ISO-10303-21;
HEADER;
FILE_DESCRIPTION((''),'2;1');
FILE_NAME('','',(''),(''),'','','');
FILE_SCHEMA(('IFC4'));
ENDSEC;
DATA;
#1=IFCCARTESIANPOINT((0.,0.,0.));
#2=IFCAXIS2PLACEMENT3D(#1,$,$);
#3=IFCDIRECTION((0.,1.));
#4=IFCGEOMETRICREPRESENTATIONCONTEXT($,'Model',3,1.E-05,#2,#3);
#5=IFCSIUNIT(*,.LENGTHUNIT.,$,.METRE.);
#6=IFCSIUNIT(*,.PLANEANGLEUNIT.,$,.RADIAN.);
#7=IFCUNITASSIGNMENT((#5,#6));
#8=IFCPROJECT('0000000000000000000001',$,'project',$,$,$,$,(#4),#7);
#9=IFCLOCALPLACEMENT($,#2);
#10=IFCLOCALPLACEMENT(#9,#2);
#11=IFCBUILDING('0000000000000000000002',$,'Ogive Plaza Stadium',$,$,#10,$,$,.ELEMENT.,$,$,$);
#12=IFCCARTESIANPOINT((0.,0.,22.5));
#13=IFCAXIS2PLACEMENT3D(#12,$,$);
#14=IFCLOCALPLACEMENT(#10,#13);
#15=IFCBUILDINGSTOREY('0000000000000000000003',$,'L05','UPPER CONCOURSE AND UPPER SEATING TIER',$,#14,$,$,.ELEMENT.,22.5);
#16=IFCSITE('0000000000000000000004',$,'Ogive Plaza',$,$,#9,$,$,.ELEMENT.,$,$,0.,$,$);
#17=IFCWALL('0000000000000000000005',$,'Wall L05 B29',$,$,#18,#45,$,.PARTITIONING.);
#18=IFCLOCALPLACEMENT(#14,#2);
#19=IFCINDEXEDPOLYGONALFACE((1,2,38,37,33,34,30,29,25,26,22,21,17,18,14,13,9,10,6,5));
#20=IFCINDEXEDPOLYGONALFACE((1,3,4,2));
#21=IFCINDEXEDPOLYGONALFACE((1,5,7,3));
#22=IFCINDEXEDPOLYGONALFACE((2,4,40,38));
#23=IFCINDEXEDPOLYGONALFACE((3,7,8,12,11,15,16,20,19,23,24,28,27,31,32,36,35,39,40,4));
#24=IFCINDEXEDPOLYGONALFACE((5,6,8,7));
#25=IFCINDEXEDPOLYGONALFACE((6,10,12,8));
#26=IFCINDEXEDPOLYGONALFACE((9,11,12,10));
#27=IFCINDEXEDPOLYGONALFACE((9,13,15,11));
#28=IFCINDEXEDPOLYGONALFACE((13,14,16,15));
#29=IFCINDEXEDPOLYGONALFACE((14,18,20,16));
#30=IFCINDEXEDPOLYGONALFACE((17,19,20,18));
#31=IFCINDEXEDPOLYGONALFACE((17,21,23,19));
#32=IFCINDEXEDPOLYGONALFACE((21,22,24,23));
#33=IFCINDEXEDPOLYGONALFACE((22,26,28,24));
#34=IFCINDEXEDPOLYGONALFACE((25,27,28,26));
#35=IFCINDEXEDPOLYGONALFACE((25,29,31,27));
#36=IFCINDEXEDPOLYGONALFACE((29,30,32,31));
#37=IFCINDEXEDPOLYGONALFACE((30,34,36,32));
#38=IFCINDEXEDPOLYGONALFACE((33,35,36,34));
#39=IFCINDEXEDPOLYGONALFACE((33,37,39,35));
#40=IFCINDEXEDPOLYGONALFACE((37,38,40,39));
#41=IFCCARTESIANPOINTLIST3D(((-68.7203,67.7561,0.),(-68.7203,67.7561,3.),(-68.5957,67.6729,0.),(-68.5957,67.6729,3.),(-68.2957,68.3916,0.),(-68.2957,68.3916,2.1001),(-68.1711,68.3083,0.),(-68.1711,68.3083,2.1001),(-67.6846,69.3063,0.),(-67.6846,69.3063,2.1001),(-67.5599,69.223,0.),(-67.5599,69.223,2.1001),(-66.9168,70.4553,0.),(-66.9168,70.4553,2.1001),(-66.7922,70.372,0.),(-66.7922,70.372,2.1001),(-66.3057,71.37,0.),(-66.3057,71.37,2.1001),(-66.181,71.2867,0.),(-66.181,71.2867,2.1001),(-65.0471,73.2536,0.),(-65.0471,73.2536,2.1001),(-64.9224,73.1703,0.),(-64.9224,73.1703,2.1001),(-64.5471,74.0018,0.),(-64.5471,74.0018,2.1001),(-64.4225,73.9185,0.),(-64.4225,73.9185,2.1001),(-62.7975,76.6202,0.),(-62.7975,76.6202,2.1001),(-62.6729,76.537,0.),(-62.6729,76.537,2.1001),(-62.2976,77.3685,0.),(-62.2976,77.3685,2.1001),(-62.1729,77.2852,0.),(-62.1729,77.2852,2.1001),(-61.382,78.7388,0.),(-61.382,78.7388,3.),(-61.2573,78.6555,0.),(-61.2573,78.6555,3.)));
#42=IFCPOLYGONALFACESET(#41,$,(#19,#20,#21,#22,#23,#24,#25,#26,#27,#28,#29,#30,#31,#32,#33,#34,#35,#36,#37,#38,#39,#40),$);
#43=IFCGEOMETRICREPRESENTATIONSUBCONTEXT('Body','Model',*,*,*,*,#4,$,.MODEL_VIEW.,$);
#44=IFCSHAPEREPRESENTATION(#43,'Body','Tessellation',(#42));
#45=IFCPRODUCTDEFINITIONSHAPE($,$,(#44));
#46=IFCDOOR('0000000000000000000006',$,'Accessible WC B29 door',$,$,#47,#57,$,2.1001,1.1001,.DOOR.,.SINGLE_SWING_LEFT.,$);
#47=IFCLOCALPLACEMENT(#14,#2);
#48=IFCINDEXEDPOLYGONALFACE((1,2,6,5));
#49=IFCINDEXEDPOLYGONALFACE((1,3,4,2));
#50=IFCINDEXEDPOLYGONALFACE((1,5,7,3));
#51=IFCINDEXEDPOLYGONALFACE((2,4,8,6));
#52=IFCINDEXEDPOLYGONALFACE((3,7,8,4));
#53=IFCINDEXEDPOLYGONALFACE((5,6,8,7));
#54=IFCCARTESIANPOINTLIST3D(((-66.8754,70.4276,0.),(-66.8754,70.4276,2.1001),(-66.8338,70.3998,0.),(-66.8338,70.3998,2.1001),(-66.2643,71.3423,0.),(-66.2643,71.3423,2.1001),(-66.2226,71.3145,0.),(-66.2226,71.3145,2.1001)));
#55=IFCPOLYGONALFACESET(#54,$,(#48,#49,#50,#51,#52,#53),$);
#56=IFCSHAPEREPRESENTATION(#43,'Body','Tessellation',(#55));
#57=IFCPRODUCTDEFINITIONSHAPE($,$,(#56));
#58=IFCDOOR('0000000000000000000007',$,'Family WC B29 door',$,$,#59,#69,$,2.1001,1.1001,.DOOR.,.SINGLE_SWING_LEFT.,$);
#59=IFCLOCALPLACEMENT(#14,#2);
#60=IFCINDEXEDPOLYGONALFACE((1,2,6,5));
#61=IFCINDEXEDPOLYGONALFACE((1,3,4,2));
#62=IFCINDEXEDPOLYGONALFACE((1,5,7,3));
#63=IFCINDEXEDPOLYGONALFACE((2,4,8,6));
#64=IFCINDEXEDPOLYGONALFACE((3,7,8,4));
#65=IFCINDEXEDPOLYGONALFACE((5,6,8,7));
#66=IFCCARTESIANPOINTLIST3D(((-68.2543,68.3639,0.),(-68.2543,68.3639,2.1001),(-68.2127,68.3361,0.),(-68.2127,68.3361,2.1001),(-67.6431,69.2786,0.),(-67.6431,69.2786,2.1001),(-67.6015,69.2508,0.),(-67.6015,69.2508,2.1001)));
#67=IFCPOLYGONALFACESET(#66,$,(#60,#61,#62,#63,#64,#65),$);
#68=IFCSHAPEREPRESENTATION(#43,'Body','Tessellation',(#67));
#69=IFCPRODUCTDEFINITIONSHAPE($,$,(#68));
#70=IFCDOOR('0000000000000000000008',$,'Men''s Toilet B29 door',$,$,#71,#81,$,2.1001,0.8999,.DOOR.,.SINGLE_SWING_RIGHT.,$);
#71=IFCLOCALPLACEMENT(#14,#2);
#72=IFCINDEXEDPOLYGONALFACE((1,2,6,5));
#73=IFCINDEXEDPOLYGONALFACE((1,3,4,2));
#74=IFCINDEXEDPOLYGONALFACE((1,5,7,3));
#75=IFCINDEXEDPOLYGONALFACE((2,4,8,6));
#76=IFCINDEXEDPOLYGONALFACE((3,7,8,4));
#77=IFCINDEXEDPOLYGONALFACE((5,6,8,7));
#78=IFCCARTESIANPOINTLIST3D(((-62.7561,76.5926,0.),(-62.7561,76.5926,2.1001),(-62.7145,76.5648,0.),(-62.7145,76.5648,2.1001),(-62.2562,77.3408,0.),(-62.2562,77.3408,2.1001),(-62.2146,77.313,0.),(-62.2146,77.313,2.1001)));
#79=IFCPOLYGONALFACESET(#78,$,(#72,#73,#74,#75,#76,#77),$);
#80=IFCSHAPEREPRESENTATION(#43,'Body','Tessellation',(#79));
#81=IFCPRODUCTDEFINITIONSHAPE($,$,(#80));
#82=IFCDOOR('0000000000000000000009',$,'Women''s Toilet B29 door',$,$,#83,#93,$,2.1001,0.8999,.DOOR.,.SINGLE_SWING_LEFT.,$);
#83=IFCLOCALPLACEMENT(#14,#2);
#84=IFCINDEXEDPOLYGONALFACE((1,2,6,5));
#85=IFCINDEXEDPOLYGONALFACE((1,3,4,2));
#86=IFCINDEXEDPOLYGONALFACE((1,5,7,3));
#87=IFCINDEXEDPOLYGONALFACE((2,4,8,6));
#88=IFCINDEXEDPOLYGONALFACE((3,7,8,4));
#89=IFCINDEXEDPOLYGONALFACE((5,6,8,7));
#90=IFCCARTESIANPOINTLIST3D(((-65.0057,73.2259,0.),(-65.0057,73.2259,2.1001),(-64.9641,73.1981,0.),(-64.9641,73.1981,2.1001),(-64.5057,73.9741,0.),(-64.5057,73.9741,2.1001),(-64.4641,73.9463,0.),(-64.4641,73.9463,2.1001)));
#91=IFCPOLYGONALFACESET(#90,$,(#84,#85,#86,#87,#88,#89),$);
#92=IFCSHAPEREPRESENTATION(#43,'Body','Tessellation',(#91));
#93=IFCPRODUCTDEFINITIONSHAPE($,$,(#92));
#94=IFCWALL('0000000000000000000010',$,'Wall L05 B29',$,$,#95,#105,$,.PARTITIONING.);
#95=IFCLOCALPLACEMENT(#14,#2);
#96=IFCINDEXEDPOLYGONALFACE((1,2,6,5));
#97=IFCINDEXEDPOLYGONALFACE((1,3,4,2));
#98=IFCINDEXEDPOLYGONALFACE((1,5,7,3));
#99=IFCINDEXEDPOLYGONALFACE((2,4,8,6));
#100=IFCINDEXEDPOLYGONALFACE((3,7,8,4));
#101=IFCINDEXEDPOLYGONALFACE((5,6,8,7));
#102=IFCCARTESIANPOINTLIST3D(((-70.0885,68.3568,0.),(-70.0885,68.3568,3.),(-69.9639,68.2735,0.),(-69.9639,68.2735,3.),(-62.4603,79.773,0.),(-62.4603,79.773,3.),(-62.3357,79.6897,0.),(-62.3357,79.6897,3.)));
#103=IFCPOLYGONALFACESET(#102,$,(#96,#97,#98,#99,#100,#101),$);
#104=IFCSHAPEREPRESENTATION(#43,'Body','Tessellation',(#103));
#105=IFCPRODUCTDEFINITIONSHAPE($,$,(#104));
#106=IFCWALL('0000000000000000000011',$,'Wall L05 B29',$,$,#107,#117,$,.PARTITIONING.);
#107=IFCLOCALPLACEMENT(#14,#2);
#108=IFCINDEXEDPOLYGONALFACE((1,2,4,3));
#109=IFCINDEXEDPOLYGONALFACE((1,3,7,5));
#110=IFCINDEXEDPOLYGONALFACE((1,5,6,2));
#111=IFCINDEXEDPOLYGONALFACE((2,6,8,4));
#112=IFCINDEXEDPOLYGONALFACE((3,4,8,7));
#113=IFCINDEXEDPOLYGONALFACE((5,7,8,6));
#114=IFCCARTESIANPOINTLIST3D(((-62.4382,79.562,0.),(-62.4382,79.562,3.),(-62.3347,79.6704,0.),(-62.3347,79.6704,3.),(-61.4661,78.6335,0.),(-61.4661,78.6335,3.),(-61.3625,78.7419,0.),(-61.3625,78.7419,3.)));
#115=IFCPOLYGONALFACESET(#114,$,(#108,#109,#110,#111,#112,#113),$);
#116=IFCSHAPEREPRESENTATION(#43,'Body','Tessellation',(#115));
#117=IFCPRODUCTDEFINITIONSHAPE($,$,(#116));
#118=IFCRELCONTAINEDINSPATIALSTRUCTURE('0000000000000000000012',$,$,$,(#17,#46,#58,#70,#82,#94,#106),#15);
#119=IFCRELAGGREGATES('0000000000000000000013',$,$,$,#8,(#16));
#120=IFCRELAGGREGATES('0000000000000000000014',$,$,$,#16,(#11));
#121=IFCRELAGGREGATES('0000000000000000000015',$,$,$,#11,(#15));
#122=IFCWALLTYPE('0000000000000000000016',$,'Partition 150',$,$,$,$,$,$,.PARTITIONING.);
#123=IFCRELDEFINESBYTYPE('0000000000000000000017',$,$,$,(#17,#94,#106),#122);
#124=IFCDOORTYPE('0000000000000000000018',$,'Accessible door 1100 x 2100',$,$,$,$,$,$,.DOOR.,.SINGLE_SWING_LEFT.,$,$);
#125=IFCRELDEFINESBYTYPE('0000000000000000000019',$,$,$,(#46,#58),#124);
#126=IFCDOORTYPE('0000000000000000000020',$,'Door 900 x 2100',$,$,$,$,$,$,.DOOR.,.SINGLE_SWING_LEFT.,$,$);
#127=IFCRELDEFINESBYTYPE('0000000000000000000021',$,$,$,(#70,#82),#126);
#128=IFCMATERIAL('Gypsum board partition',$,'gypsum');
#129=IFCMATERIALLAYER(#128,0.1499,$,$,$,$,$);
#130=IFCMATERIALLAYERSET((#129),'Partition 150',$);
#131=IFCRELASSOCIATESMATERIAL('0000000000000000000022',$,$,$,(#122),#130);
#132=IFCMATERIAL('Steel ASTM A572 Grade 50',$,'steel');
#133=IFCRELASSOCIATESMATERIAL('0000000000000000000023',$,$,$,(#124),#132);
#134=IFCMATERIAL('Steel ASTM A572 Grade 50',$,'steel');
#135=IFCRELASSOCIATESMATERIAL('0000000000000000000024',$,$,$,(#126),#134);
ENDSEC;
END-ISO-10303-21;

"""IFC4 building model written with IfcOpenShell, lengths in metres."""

from ifc_helpers import new_model, si_unit, direction, frame, frame_2d, origin, place, context, subcontext, project, spatial, rectangle, extrude, material, layer, layer_set, type_object, element, fill, save


model = new_model("IFC4")

# Units and contexts
model_context = context("Model", 3, precision=1e-05, world=origin(), true_north=direction((0.0, 1.0)))
body_context = subcontext(model_context, "Body", "Model", "MODEL_VIEW")
ifc_project = project(units=[si_unit("LENGTHUNIT", "METRE"), si_unit("PLANEANGLEUNIT", "RADIAN")], contexts=[model_context])

# Site, building, storey
site_placement = place(None, origin())
site = spatial("IfcSite", under=ifc_project, at=site_placement, Name="Ogive Plaza", CompositionType="ELEMENT", RefElevation=0.0)
building_placement = place(site_placement, origin())
building = spatial("IfcBuilding", under=site, at=building_placement, Name="Ogive Plaza Stadium", CompositionType="ELEMENT")
storey_placement = place(building_placement, frame((0.0, 0.0, 22.5)))
storey = spatial("IfcBuildingStorey", under=building, at=storey_placement, Name="L05", Description="UPPER CONCOURSE AND UPPER SEATING TIER", CompositionType="ELEMENT", Elevation=22.5)

# Wall, openings, doors
ifc_material_1 = material(Name="Gypsum board partition", Category="gypsum")
ifc_layer_1 = layer(ifc_material_1, 0.1499)
ifc_layer_set_1 = layer_set([ifc_layer_1], Name="Partition 150")
wall_type_1 = type_object("IfcWallType", Name="Partition 150", PredefinedType="PARTITIONING", material=ifc_layer_set_1)
wall_1_placement = place(storey_placement, frame((-61.3196, 78.6973, 0.0), z_axis=(0.0, 0.0, 1.0), x_axis=(-0.55557, -0.83147, 0.0)))
wall_1 = element("IfcWall", 1, at=wall_1_placement, inside=storey, type_object=wall_type_1, Name="Wall L05 B29", PredefinedType="PARTITIONING", context=body_context, shape_type="SweptSolid", body=[
    extrude(rectangle(XDim=13.2087, YDim=0.1499, at=frame_2d((6.6045, 0.0))), origin(), (0.0, 0.0, 1.0), 3.0),
])
opening_1_placement = place(wall_1_placement, frame((1.6482, 0.0, 0.0)))
opening_1 = element("IfcOpeningElement", 2, at=opening_1_placement, cuts=wall_1, PredefinedType="OPENING", context=body_context, shape_type="SweptSolid", body=[
    extrude(rectangle(XDim=0.8999, YDim=2.1001, at=frame_2d((0.45, 1.05))), frame((0.0, 0.075, 0.0), z_axis=(0.0, -1.0, 0.0), x_axis=(1.0, 0.0, 0.0)), (0.0, 0.0, 1.0), 0.1499),
])
opening_2_placement = place(wall_1_placement, frame((5.6973, 0.0, 0.0)))
opening_2 = element("IfcOpeningElement", 3, at=opening_2_placement, cuts=wall_1, PredefinedType="OPENING", context=body_context, shape_type="SweptSolid", body=[
    extrude(rectangle(XDim=0.8999, YDim=2.1001, at=frame_2d((0.45, 1.05))), frame((0.0, 0.075, 0.0), z_axis=(0.0, -1.0, 0.0), x_axis=(1.0, 0.0, 0.0)), (0.0, 0.0, 1.0), 0.1499),
])
opening_3_placement = place(wall_1_placement, frame((8.8625, 0.0, 0.0)))
opening_3 = element("IfcOpeningElement", 4, at=opening_3_placement, cuts=wall_1, PredefinedType="OPENING", context=body_context, shape_type="SweptSolid", body=[
    extrude(rectangle(XDim=1.1001, YDim=2.1001, at=frame_2d((0.55, 1.05))), frame((0.0, 0.075, 0.0), z_axis=(0.0, -1.0, 0.0), x_axis=(1.0, 0.0, 0.0)), (0.0, 0.0, 1.0), 0.1499),
])
opening_4_placement = place(wall_1_placement, frame((11.3445, 0.0, 0.0)))
opening_4 = element("IfcOpeningElement", 5, at=opening_4_placement, cuts=wall_1, PredefinedType="OPENING", context=body_context, shape_type="SweptSolid", body=[
    extrude(rectangle(XDim=1.1001, YDim=2.1001, at=frame_2d((0.55, 1.05))), frame((0.0, 0.075, 0.0), z_axis=(0.0, -1.0, 0.0), x_axis=(1.0, 0.0, 0.0)), (0.0, 0.0, 1.0), 0.1499),
])
ifc_material_2 = material(Name="Steel ASTM A572 Grade 50", Category="steel")
door_type_1 = type_object("IfcDoorType", Name="Accessible door 1100 x 2100", OperationType="SINGLE_SWING_LEFT", PredefinedType="DOOR", material=ifc_material_2)
door_1_placement = place(opening_3_placement, origin())
door_1 = element("IfcDoor", 6, at=door_1_placement, inside=storey, type_object=door_type_1, Name="Accessible WC B29 door", OperationType="SINGLE_SWING_LEFT", OverallHeight=2.1001, OverallWidth=1.1001, PredefinedType="DOOR", context=body_context, shape_type="SweptSolid", body=[
    extrude(rectangle(XDim=1.1001, YDim=2.1001, at=frame_2d((0.55, 1.05))), frame((0.0, 0.0249, 0.0), z_axis=(0.0, -1.0, 0.0), x_axis=(1.0, 0.0, 0.0)), (0.0, 0.0, 1.0), 0.05),
])
fill(opening_3, door_1)
door_2_placement = place(opening_4_placement, origin())
door_2 = element("IfcDoor", 7, at=door_2_placement, inside=storey, type_object=door_type_1, Name="Family WC B29 door", OperationType="SINGLE_SWING_LEFT", OverallHeight=2.1001, OverallWidth=1.1001, PredefinedType="DOOR", context=body_context, shape_type="SweptSolid", body=[
    extrude(rectangle(XDim=1.1001, YDim=2.1001, at=frame_2d((0.55, 1.05))), frame((0.0, 0.0249, 0.0), z_axis=(0.0, -1.0, 0.0), x_axis=(1.0, 0.0, 0.0)), (0.0, 0.0, 1.0), 0.05),
])
fill(opening_4, door_2)
ifc_material_3 = material(Name="Steel ASTM A572 Grade 50", Category="steel")
door_type_2 = type_object("IfcDoorType", Name="Door 900 x 2100", OperationType="SINGLE_SWING_LEFT", PredefinedType="DOOR", material=ifc_material_3)
door_3_placement = place(opening_1_placement, origin())
door_3 = element("IfcDoor", 8, at=door_3_placement, inside=storey, type_object=door_type_2, Name="Men's Toilet B29 door", OperationType="SINGLE_SWING_RIGHT", OverallHeight=2.1001, OverallWidth=0.8999, PredefinedType="DOOR", context=body_context, shape_type="SweptSolid", body=[
    extrude(rectangle(XDim=0.8999, YDim=2.1001, at=frame_2d((0.45, 1.05))), frame((0.0, 0.0249, 0.0), z_axis=(0.0, -1.0, 0.0), x_axis=(1.0, 0.0, 0.0)), (0.0, 0.0, 1.0), 0.05),
])
fill(opening_1, door_3)
door_4_placement = place(opening_2_placement, origin())
door_4 = element("IfcDoor", 9, at=door_4_placement, inside=storey, type_object=door_type_2, Name="Women's Toilet B29 door", OperationType="SINGLE_SWING_LEFT", OverallHeight=2.1001, OverallWidth=0.8999, PredefinedType="DOOR", context=body_context, shape_type="SweptSolid", body=[
    extrude(rectangle(XDim=0.8999, YDim=2.1001, at=frame_2d((0.45, 1.05))), frame((0.0, 0.0249, 0.0), z_axis=(0.0, -1.0, 0.0), x_axis=(1.0, 0.0, 0.0)), (0.0, 0.0, 1.0), 0.05),
])
fill(opening_2, door_4)

# Walls
wall_2_placement = place(storey_placement, frame((-62.3979, 79.7314, 0.0), z_axis=(0.0, 0.0, 1.0), x_axis=(-0.555574, -0.831467, 0.0)))
element("IfcWall", 10, at=wall_2_placement, inside=storey, type_object=wall_type_1, Name="Wall L05 B29", PredefinedType="PARTITIONING", context=body_context, shape_type="SweptSolid", body=[
    extrude(rectangle(XDim=13.7302, YDim=0.1499, at=frame_2d((6.8652, 0.0))), origin(), (0.0, 0.0, 1.0), 3.0),
])
wall_3_placement = place(storey_placement, frame((-61.4143, 78.6877, 0.0), z_axis=(0.0, 0.0, 1.0), x_axis=(-0.723174, 0.690666, 0.0)))
element("IfcWall", 11, at=wall_3_placement, inside=storey, type_object=wall_type_1, Name="Wall L05 B29", PredefinedType="PARTITIONING", context=body_context, shape_type="SweptSolid", body=[
    extrude(rectangle(XDim=1.3442, YDim=0.1499, at=frame_2d((0.6721, 0.0))), origin(), (0.0, 0.0, 1.0), 3.0),
])

save(model, "model.ifc")
